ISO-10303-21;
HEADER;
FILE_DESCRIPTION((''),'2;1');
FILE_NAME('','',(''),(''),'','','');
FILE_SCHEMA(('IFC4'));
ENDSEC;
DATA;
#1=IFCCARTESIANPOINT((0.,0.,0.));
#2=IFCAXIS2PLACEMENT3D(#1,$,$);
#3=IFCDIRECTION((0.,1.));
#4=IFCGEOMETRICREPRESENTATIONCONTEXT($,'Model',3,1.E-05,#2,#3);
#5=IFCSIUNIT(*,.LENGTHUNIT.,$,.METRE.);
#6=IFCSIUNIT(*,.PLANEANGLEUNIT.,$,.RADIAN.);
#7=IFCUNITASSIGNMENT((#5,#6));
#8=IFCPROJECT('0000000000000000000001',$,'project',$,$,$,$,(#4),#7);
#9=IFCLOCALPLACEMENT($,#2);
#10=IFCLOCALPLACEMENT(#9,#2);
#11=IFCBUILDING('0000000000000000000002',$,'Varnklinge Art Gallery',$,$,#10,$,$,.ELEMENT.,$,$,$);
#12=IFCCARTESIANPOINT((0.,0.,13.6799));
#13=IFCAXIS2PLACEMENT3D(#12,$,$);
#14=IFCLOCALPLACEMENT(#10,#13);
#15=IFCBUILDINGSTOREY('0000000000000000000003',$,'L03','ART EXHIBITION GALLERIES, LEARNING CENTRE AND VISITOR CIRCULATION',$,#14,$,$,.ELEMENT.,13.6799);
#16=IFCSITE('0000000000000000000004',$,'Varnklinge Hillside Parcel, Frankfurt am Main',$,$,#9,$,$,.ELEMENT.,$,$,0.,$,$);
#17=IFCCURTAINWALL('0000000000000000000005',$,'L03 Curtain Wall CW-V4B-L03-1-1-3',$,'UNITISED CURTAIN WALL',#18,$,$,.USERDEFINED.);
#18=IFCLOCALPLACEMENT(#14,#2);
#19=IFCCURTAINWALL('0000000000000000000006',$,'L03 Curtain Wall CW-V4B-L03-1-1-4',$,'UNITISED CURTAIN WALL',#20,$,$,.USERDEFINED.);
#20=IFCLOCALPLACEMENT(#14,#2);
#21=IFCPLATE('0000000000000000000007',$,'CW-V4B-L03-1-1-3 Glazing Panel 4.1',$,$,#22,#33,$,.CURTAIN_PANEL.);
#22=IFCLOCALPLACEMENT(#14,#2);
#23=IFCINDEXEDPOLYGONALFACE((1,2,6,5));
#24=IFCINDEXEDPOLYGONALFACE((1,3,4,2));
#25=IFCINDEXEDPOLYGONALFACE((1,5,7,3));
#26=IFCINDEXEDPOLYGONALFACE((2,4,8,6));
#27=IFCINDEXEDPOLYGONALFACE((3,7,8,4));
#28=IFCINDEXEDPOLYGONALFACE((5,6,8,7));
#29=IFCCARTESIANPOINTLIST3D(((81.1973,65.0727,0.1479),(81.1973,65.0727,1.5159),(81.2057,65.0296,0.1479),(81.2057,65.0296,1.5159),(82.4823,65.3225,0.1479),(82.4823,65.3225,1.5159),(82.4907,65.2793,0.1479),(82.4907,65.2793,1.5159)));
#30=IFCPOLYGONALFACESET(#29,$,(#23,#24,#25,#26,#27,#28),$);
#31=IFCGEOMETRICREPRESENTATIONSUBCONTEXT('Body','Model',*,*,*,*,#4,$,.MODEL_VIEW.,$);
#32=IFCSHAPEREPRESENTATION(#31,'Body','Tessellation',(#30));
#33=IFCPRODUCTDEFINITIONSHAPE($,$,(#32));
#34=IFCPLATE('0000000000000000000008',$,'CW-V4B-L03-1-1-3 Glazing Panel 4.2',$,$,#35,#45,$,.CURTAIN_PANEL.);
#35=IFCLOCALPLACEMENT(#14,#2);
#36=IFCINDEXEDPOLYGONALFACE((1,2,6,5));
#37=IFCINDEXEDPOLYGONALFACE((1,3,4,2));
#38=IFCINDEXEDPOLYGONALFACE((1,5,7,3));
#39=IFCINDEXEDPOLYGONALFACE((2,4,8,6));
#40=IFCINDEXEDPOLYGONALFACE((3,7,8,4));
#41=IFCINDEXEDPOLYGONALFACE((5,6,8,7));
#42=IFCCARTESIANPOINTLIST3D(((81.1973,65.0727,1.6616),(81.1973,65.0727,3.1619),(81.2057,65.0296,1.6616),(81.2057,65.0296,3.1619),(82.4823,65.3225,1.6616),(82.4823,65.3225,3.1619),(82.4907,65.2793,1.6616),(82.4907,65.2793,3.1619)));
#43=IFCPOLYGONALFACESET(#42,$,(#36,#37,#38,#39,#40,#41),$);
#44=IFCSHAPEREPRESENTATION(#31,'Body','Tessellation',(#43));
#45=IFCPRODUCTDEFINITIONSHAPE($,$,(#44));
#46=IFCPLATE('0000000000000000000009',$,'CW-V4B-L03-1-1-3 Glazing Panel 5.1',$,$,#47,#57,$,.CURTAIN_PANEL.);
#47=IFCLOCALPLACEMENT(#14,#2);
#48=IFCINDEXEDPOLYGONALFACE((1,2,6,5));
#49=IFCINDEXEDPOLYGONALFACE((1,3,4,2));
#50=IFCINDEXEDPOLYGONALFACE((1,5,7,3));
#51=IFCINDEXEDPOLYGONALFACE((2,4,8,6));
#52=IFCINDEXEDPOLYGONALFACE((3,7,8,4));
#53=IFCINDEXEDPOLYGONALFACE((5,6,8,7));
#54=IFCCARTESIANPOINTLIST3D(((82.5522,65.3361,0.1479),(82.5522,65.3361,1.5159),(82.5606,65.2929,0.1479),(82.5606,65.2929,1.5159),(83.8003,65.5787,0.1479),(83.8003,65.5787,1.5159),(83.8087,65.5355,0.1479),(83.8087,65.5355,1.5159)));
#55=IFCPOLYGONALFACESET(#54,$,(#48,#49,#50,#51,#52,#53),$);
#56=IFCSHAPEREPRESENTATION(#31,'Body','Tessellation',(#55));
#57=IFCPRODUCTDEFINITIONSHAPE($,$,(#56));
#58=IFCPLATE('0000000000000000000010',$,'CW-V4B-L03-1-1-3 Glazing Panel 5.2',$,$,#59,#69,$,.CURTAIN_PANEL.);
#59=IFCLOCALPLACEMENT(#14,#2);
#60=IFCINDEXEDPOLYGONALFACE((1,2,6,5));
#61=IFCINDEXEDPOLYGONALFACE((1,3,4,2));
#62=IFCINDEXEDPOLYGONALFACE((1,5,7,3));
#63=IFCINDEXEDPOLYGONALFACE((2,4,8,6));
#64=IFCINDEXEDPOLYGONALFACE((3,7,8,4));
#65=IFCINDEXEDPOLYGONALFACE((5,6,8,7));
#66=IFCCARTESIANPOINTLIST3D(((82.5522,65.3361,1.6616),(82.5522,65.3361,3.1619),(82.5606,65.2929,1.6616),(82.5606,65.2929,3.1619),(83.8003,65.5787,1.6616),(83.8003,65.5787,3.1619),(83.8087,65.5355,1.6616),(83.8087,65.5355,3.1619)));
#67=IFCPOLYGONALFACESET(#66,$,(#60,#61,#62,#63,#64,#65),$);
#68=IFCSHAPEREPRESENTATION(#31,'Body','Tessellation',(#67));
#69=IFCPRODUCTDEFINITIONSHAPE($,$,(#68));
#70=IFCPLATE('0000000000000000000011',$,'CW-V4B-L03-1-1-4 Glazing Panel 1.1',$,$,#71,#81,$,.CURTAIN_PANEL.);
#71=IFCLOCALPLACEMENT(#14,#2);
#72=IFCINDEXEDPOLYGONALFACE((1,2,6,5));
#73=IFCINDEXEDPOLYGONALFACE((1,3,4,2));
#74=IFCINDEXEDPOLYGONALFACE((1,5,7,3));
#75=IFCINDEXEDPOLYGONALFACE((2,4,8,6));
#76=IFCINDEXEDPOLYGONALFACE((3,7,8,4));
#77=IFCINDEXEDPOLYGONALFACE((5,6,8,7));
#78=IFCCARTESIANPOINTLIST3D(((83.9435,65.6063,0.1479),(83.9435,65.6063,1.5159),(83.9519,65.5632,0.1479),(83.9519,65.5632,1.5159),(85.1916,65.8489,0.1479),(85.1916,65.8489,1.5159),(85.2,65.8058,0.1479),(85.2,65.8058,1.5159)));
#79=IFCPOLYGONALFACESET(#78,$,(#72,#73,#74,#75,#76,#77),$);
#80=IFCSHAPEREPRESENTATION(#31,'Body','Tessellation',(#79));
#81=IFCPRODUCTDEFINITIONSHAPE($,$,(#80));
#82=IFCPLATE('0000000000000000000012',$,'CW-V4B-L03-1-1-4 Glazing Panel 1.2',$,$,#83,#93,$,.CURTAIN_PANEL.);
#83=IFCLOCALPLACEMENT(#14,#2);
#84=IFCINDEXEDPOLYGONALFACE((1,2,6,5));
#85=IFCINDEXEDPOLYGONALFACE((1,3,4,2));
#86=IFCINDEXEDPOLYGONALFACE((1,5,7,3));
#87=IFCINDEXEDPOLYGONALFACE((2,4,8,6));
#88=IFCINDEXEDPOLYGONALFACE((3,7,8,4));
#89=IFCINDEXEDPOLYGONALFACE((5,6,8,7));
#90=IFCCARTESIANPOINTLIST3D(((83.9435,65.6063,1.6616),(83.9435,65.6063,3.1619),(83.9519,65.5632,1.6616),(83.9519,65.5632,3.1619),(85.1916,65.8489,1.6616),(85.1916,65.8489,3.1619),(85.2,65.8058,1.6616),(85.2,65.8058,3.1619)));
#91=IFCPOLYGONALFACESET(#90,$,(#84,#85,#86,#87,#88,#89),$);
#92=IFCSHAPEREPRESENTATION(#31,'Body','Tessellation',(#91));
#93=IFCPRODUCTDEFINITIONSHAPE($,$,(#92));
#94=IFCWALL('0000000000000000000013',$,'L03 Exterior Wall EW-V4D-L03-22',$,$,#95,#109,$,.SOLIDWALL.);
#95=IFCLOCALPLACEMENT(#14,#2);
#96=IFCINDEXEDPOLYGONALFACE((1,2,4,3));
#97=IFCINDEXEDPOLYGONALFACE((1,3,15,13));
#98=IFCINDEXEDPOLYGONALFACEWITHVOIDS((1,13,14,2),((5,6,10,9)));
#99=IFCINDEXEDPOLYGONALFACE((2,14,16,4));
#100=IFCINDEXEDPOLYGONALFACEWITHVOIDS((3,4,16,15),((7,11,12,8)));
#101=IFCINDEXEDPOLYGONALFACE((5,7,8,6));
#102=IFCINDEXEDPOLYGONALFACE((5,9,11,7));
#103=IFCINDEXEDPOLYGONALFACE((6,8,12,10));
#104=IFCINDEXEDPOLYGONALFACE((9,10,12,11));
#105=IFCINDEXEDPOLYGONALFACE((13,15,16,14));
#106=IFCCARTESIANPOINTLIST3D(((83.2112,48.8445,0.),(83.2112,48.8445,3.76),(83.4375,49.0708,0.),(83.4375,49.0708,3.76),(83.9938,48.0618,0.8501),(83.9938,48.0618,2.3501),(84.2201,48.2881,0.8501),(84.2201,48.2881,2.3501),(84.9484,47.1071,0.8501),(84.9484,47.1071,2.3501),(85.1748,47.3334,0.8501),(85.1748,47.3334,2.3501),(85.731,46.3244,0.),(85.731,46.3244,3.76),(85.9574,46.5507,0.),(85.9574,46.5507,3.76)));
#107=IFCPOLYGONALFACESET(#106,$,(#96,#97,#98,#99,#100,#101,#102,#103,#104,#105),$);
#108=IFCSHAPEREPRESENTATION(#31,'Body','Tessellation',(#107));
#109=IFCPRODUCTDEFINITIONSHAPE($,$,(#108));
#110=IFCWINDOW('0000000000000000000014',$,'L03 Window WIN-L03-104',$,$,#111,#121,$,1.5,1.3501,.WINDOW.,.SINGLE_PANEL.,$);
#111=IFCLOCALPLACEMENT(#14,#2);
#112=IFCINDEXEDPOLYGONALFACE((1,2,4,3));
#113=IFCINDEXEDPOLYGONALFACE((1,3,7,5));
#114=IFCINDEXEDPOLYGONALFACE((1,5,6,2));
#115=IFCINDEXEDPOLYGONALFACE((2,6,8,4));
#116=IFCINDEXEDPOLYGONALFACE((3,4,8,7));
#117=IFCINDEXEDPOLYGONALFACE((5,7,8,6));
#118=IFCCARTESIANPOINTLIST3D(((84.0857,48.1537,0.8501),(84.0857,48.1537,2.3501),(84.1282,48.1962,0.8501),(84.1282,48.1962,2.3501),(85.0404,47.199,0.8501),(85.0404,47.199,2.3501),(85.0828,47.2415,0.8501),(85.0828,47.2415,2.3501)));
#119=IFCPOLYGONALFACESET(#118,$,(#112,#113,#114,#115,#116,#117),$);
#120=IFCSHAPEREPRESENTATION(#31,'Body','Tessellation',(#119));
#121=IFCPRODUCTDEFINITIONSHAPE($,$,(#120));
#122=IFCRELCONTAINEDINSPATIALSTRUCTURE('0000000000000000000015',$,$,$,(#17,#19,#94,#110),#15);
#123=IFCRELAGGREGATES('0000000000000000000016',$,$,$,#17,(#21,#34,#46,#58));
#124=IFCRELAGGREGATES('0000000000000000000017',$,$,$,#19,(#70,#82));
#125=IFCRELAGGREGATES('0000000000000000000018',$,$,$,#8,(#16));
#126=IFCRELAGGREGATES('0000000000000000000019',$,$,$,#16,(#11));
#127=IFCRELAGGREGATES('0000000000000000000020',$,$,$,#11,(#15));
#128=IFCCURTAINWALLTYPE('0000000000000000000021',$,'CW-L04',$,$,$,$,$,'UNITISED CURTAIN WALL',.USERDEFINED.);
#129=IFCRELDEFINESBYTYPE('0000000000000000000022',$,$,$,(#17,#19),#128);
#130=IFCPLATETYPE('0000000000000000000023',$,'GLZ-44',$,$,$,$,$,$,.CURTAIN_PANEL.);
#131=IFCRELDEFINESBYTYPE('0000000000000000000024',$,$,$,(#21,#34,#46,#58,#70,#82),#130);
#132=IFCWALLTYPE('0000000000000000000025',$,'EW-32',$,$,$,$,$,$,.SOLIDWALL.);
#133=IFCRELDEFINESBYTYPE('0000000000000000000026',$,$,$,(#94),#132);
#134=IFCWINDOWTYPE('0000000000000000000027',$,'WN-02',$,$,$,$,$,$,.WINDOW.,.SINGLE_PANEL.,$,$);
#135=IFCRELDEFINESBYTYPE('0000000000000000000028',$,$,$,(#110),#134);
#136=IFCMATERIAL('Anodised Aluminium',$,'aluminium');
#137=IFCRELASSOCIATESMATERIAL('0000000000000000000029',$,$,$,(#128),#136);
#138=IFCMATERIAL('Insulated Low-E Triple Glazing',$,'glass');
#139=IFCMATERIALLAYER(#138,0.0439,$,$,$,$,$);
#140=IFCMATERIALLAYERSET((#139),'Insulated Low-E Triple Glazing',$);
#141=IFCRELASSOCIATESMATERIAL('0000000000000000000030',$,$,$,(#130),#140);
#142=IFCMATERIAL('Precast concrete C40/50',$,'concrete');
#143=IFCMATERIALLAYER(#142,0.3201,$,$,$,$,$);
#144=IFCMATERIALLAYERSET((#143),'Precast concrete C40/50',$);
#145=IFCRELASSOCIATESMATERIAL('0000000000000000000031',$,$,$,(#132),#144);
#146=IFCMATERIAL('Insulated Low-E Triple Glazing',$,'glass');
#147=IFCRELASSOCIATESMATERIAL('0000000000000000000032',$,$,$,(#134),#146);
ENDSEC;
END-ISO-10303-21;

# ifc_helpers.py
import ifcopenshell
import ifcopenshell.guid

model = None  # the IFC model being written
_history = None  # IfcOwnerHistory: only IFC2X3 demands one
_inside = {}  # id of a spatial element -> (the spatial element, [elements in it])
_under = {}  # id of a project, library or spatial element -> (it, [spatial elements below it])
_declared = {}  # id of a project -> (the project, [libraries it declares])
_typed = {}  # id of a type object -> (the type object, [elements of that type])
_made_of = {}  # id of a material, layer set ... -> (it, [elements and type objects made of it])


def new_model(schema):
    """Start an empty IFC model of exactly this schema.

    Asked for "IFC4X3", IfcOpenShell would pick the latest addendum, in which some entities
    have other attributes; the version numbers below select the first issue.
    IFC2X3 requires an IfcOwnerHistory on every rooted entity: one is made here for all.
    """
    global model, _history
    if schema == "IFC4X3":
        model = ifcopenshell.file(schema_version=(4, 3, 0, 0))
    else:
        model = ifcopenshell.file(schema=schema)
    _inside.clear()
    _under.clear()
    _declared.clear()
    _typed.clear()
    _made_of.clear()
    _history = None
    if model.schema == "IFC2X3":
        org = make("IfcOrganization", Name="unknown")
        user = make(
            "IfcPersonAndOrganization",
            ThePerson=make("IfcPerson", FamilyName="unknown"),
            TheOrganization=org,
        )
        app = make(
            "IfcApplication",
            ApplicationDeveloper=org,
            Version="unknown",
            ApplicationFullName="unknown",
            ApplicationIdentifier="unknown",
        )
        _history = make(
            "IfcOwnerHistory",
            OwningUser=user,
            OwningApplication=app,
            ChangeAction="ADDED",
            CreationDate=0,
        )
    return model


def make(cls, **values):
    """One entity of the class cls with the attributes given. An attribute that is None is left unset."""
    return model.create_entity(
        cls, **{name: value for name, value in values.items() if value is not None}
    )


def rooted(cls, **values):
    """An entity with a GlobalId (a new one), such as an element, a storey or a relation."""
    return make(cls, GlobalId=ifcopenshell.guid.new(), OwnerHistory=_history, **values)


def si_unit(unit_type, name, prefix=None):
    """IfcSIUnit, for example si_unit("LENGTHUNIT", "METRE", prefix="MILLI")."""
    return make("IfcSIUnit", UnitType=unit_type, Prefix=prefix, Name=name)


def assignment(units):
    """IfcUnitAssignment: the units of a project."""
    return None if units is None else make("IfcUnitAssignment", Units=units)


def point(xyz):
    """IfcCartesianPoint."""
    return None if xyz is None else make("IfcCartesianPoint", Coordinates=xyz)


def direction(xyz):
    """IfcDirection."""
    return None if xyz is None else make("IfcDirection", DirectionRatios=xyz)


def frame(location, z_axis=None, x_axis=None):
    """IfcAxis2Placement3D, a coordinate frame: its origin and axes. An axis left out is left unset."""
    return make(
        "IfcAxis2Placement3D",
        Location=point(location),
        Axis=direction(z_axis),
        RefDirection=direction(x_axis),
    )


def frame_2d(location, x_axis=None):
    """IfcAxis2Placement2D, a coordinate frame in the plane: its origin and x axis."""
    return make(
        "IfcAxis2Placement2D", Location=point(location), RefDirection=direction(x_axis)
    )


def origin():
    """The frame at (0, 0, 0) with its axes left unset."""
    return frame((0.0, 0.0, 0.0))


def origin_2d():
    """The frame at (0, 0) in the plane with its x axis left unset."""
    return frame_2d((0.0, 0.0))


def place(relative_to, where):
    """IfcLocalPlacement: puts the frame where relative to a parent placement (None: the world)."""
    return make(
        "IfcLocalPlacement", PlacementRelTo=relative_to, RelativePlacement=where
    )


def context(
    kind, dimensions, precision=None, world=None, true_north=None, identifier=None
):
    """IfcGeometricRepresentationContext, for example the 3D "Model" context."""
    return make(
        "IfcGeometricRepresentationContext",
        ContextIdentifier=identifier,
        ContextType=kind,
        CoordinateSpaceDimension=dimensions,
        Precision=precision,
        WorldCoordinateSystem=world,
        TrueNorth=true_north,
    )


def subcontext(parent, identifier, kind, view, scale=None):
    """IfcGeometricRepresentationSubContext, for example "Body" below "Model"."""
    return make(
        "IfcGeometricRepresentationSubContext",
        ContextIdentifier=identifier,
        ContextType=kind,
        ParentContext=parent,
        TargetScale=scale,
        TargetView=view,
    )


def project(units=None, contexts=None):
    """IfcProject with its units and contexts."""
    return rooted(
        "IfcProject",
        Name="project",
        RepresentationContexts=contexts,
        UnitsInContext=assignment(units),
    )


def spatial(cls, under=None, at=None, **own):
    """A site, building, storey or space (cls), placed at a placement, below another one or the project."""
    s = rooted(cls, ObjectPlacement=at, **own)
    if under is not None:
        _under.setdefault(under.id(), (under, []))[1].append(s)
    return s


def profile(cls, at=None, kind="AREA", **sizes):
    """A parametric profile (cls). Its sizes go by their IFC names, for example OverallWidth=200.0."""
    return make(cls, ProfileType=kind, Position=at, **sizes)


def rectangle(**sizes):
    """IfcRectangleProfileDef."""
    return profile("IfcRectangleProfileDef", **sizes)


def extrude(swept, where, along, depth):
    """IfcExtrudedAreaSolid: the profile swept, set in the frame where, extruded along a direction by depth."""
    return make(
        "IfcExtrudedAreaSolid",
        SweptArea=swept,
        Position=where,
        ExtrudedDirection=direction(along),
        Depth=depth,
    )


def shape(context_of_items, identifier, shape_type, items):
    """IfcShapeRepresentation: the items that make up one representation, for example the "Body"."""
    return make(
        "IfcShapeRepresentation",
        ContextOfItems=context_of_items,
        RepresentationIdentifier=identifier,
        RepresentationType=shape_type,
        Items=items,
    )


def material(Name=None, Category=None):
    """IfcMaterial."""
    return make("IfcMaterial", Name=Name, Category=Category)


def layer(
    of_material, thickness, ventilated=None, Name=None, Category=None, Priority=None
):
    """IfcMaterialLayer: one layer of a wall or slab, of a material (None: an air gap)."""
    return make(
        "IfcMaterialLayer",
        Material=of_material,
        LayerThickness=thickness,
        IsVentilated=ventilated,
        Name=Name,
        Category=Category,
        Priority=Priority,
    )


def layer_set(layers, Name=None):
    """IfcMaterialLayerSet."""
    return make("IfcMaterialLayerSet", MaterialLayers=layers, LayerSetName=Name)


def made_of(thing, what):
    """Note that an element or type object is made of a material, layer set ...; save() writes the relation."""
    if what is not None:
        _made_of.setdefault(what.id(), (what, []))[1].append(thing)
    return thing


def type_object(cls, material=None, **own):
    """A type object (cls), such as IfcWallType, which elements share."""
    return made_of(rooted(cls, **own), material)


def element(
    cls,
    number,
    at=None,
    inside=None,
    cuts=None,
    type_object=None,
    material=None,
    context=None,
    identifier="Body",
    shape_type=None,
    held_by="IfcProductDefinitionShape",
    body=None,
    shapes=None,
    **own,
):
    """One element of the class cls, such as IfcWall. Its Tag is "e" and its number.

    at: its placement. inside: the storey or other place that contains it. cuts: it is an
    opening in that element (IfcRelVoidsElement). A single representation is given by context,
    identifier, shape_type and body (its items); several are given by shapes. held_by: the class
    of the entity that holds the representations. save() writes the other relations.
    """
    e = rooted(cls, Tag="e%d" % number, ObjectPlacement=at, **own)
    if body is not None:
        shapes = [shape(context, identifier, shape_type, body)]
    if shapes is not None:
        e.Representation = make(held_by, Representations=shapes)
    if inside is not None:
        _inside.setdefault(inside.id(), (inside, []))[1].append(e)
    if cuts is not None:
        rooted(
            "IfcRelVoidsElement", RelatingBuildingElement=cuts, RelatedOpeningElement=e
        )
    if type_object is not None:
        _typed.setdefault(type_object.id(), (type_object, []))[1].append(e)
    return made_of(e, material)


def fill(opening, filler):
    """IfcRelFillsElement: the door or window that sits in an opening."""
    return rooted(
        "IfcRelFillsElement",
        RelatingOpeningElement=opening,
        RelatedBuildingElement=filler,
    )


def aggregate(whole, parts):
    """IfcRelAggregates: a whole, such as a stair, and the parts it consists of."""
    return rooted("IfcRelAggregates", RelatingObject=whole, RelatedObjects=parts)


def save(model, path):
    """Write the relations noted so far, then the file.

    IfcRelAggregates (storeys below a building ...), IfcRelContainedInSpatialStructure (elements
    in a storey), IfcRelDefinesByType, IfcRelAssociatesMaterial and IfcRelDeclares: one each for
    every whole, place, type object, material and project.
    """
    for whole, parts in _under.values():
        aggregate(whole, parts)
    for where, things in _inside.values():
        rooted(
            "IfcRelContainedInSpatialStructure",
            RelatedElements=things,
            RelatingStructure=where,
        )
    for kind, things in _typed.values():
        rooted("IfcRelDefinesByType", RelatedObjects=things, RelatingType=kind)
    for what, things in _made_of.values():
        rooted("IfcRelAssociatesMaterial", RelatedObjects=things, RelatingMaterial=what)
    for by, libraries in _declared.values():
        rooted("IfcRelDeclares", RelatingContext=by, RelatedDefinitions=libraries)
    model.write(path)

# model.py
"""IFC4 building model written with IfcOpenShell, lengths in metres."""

from ifc_helpers import new_model, si_unit, direction, frame, frame_2d, origin, origin_2d, place, context, subcontext, project, spatial, rectangle, extrude, material, layer, layer_set, type_object, element, fill, aggregate, save


model = new_model("IFC4")

# Units and contexts
model_context = context("Model", 3, precision=1e-05, world=origin(), true_north=direction((0.0, 1.0)))
body_context = subcontext(model_context, "Body", "Model", "MODEL_VIEW")
ifc_project = project(units=[si_unit("LENGTHUNIT", "METRE"), si_unit("PLANEANGLEUNIT", "RADIAN")], contexts=[model_context])

# Site, building, storey
site_placement = place(None, origin())
site = spatial("IfcSite", under=ifc_project, at=site_placement, Name="Varnklinge Hillside Parcel, Frankfurt am Main", CompositionType="ELEMENT", RefElevation=0.0)
building_placement = place(site_placement, origin())
building = spatial("IfcBuilding", under=site, at=building_placement, Name="Varnklinge Art Gallery", CompositionType="ELEMENT")
storey_placement = place(building_placement, frame((0.0, 0.0, 13.6799)))
storey = spatial("IfcBuildingStorey", under=building, at=storey_placement, Name="L03", Description="ART EXHIBITION GALLERIES, LEARNING CENTRE AND VISITOR CIRCULATION", CompositionType="ELEMENT", Elevation=13.6799)

# Curtain walls
ifc_material_1 = material(Name="Anodised Aluminium", Category="aluminium")
curtain_wall_type = type_object("IfcCurtainWallType", Name="CW-L04", ElementType="UNITISED CURTAIN WALL", PredefinedType="USERDEFINED", material=ifc_material_1)
curtain_wall_1_placement = place(storey_placement, origin())
curtain_wall_1 = element("IfcCurtainWall", 1, at=curtain_wall_1_placement, inside=storey, type_object=curtain_wall_type, Name="L03 Curtain Wall CW-V4B-L03-1-1-3", ObjectType="UNITISED CURTAIN WALL", PredefinedType="USERDEFINED")
curtain_wall_2_placement = place(storey_placement, origin())
curtain_wall_2 = element("IfcCurtainWall", 2, at=curtain_wall_2_placement, inside=storey, type_object=curtain_wall_type, Name="L03 Curtain Wall CW-V4B-L03-1-1-4", ObjectType="UNITISED CURTAIN WALL", PredefinedType="USERDEFINED")

# Plates
ifc_material_2 = material(Name="Insulated Low-E Triple Glazing", Category="glass")
ifc_layer_1 = layer(ifc_material_2, 0.0439)
ifc_layer_set_1 = layer_set([ifc_layer_1], Name="Insulated Low-E Triple Glazing")
plate_type = type_object("IfcPlateType", Name="GLZ-44", PredefinedType="CURTAIN_PANEL", material=ifc_layer_set_1)
plate_1_placement = place(storey_placement, frame((81.844, 65.176, 0.1479), z_axis=(0.0, 0.0, 1.0), x_axis=(0.981627, 0.190809, 0.0)))
plate_1 = element("IfcPlate", 3, at=plate_1_placement, type_object=plate_type, Name="CW-V4B-L03-1-1-3 Glazing Panel 4.1", PredefinedType="CURTAIN_PANEL", context=body_context, shape_type="SweptSolid", body=[
    extrude(rectangle(XDim=1.3091, YDim=0.0439, at=origin_2d()), origin(), (0.0, 0.0, 1.0), 1.3679),
])
plate_2_placement = place(storey_placement, frame((81.844, 65.176, 1.6616), z_axis=(0.0, 0.0, 1.0), x_axis=(0.981627, 0.190809, 0.0)))
plate_2 = element("IfcPlate", 4, at=plate_2_placement, type_object=plate_type, Name="CW-V4B-L03-1-1-3 Glazing Panel 4.2", PredefinedType="CURTAIN_PANEL", context=body_context, shape_type="SweptSolid", body=[
    extrude(rectangle(XDim=1.3091, YDim=0.0439, at=origin_2d()), origin(), (0.0, 0.0, 1.0), 1.5002),
])
plate_3_placement = place(storey_placement, frame((83.1804, 65.4358, 0.1479), z_axis=(0.0, 0.0, 1.0), x_axis=(0.981627, 0.190809, 0.0)))
plate_3 = element("IfcPlate", 5, at=plate_3_placement, type_object=plate_type, Name="CW-V4B-L03-1-1-3 Glazing Panel 5.1", PredefinedType="CURTAIN_PANEL", context=body_context, shape_type="SweptSolid", body=[
    extrude(rectangle(XDim=1.2715, YDim=0.0439, at=origin_2d()), origin(), (0.0, 0.0, 1.0), 1.3679),
])
plate_4_placement = place(storey_placement, frame((83.1804, 65.4358, 1.6616), z_axis=(0.0, 0.0, 1.0), x_axis=(0.981627, 0.190809, 0.0)))
plate_4 = element("IfcPlate", 6, at=plate_4_placement, type_object=plate_type, Name="CW-V4B-L03-1-1-3 Glazing Panel 5.2", PredefinedType="CURTAIN_PANEL", context=body_context, shape_type="SweptSolid", body=[
    extrude(rectangle(XDim=1.2715, YDim=0.0439, at=origin_2d()), origin(), (0.0, 0.0, 1.0), 1.5002),
])
aggregate(curtain_wall_1, [plate_1, plate_2, plate_3, plate_4])
plate_5_placement = place(storey_placement, frame((84.5718, 65.7061, 0.1479), z_axis=(0.0, 0.0, 1.0), x_axis=(0.981627, 0.190809, 0.0)))
plate_5 = element("IfcPlate", 7, at=plate_5_placement, type_object=plate_type, Name="CW-V4B-L03-1-1-4 Glazing Panel 1.1", PredefinedType="CURTAIN_PANEL", context=body_context, shape_type="SweptSolid", body=[
    extrude(rectangle(XDim=1.2715, YDim=0.0439, at=origin_2d()), origin(), (0.0, 0.0, 1.0), 1.3679),
])
plate_6_placement = place(storey_placement, frame((84.5718, 65.7061, 1.6616), z_axis=(0.0, 0.0, 1.0), x_axis=(0.981627, 0.190809, 0.0)))
plate_6 = element("IfcPlate", 8, at=plate_6_placement, type_object=plate_type, Name="CW-V4B-L03-1-1-4 Glazing Panel 1.2", PredefinedType="CURTAIN_PANEL", context=body_context, shape_type="SweptSolid", body=[
    extrude(rectangle(XDim=1.2715, YDim=0.0439, at=origin_2d()), origin(), (0.0, 0.0, 1.0), 1.5002),
])
aggregate(curtain_wall_2, [plate_5, plate_6])

# Wall, opening, window
ifc_material_3 = material(Name="Precast concrete C40/50", Category="concrete")
ifc_layer_2 = layer(ifc_material_3, 0.3201)
ifc_layer_set_2 = layer_set([ifc_layer_2], Name="Precast concrete C40/50")
wall_type = type_object("IfcWallType", Name="EW-32", PredefinedType="SOLIDWALL", material=ifc_layer_set_2)
wall_placement = place(storey_placement, frame((83.3245, 48.9575, 0.0), z_axis=(0.0, 0.0, 1.0), x_axis=(0.707073, -0.707141, 0.0)))
wall = element("IfcWall", 9, at=wall_placement, inside=storey, type_object=wall_type, Name="L03 Exterior Wall EW-V4D-L03-22", PredefinedType="SOLIDWALL", context=body_context, shape_type="SweptSolid", body=[
    extrude(rectangle(XDim=3.5637, YDim=0.3201, at=frame_2d((1.7817, 0.0))), origin(), (0.0, 0.0, 1.0), 3.76),
])
opening_placement = place(wall_placement, frame((1.1067, 0.0, 0.8501)))
opening = element("IfcOpeningElement", 10, at=opening_placement, cuts=wall, PredefinedType="OPENING", context=body_context, shape_type="SweptSolid", body=[
    extrude(rectangle(XDim=1.3501, YDim=1.5, at=frame_2d((0.675, 0.75))), frame((0.0, 0.1702, 0.0), z_axis=(0.0, -1.0, 0.0), x_axis=(1.0, 0.0, 0.0)), (0.0, 0.0, 1.0), 0.3401),
])
ifc_material_4 = material(Name="Insulated Low-E Triple Glazing", Category="glass")
window_type = type_object("IfcWindowType", Name="WN-02", PartitioningType="SINGLE_PANEL", PredefinedType="WINDOW", material=ifc_material_4)
window_placement = place(opening_placement, origin())
window = element("IfcWindow", 11, at=window_placement, inside=storey, type_object=window_type, Name="L03 Window WIN-L03-104", OverallHeight=1.5, OverallWidth=1.3501, PartitioningType="SINGLE_PANEL", PredefinedType="WINDOW", context=body_context, shape_type="SweptSolid", body=[
    extrude(rectangle(XDim=1.3501, YDim=1.5, at=frame_2d((0.675, 0.75))), frame((0.0, 0.03, 0.0), z_axis=(0.0, -1.0, 0.0), x_axis=(1.0, 0.0, 0.0)), (0.0, 0.0, 1.0), 0.0601),
])
fill(opening, window)

save(model, "model.ifc")
